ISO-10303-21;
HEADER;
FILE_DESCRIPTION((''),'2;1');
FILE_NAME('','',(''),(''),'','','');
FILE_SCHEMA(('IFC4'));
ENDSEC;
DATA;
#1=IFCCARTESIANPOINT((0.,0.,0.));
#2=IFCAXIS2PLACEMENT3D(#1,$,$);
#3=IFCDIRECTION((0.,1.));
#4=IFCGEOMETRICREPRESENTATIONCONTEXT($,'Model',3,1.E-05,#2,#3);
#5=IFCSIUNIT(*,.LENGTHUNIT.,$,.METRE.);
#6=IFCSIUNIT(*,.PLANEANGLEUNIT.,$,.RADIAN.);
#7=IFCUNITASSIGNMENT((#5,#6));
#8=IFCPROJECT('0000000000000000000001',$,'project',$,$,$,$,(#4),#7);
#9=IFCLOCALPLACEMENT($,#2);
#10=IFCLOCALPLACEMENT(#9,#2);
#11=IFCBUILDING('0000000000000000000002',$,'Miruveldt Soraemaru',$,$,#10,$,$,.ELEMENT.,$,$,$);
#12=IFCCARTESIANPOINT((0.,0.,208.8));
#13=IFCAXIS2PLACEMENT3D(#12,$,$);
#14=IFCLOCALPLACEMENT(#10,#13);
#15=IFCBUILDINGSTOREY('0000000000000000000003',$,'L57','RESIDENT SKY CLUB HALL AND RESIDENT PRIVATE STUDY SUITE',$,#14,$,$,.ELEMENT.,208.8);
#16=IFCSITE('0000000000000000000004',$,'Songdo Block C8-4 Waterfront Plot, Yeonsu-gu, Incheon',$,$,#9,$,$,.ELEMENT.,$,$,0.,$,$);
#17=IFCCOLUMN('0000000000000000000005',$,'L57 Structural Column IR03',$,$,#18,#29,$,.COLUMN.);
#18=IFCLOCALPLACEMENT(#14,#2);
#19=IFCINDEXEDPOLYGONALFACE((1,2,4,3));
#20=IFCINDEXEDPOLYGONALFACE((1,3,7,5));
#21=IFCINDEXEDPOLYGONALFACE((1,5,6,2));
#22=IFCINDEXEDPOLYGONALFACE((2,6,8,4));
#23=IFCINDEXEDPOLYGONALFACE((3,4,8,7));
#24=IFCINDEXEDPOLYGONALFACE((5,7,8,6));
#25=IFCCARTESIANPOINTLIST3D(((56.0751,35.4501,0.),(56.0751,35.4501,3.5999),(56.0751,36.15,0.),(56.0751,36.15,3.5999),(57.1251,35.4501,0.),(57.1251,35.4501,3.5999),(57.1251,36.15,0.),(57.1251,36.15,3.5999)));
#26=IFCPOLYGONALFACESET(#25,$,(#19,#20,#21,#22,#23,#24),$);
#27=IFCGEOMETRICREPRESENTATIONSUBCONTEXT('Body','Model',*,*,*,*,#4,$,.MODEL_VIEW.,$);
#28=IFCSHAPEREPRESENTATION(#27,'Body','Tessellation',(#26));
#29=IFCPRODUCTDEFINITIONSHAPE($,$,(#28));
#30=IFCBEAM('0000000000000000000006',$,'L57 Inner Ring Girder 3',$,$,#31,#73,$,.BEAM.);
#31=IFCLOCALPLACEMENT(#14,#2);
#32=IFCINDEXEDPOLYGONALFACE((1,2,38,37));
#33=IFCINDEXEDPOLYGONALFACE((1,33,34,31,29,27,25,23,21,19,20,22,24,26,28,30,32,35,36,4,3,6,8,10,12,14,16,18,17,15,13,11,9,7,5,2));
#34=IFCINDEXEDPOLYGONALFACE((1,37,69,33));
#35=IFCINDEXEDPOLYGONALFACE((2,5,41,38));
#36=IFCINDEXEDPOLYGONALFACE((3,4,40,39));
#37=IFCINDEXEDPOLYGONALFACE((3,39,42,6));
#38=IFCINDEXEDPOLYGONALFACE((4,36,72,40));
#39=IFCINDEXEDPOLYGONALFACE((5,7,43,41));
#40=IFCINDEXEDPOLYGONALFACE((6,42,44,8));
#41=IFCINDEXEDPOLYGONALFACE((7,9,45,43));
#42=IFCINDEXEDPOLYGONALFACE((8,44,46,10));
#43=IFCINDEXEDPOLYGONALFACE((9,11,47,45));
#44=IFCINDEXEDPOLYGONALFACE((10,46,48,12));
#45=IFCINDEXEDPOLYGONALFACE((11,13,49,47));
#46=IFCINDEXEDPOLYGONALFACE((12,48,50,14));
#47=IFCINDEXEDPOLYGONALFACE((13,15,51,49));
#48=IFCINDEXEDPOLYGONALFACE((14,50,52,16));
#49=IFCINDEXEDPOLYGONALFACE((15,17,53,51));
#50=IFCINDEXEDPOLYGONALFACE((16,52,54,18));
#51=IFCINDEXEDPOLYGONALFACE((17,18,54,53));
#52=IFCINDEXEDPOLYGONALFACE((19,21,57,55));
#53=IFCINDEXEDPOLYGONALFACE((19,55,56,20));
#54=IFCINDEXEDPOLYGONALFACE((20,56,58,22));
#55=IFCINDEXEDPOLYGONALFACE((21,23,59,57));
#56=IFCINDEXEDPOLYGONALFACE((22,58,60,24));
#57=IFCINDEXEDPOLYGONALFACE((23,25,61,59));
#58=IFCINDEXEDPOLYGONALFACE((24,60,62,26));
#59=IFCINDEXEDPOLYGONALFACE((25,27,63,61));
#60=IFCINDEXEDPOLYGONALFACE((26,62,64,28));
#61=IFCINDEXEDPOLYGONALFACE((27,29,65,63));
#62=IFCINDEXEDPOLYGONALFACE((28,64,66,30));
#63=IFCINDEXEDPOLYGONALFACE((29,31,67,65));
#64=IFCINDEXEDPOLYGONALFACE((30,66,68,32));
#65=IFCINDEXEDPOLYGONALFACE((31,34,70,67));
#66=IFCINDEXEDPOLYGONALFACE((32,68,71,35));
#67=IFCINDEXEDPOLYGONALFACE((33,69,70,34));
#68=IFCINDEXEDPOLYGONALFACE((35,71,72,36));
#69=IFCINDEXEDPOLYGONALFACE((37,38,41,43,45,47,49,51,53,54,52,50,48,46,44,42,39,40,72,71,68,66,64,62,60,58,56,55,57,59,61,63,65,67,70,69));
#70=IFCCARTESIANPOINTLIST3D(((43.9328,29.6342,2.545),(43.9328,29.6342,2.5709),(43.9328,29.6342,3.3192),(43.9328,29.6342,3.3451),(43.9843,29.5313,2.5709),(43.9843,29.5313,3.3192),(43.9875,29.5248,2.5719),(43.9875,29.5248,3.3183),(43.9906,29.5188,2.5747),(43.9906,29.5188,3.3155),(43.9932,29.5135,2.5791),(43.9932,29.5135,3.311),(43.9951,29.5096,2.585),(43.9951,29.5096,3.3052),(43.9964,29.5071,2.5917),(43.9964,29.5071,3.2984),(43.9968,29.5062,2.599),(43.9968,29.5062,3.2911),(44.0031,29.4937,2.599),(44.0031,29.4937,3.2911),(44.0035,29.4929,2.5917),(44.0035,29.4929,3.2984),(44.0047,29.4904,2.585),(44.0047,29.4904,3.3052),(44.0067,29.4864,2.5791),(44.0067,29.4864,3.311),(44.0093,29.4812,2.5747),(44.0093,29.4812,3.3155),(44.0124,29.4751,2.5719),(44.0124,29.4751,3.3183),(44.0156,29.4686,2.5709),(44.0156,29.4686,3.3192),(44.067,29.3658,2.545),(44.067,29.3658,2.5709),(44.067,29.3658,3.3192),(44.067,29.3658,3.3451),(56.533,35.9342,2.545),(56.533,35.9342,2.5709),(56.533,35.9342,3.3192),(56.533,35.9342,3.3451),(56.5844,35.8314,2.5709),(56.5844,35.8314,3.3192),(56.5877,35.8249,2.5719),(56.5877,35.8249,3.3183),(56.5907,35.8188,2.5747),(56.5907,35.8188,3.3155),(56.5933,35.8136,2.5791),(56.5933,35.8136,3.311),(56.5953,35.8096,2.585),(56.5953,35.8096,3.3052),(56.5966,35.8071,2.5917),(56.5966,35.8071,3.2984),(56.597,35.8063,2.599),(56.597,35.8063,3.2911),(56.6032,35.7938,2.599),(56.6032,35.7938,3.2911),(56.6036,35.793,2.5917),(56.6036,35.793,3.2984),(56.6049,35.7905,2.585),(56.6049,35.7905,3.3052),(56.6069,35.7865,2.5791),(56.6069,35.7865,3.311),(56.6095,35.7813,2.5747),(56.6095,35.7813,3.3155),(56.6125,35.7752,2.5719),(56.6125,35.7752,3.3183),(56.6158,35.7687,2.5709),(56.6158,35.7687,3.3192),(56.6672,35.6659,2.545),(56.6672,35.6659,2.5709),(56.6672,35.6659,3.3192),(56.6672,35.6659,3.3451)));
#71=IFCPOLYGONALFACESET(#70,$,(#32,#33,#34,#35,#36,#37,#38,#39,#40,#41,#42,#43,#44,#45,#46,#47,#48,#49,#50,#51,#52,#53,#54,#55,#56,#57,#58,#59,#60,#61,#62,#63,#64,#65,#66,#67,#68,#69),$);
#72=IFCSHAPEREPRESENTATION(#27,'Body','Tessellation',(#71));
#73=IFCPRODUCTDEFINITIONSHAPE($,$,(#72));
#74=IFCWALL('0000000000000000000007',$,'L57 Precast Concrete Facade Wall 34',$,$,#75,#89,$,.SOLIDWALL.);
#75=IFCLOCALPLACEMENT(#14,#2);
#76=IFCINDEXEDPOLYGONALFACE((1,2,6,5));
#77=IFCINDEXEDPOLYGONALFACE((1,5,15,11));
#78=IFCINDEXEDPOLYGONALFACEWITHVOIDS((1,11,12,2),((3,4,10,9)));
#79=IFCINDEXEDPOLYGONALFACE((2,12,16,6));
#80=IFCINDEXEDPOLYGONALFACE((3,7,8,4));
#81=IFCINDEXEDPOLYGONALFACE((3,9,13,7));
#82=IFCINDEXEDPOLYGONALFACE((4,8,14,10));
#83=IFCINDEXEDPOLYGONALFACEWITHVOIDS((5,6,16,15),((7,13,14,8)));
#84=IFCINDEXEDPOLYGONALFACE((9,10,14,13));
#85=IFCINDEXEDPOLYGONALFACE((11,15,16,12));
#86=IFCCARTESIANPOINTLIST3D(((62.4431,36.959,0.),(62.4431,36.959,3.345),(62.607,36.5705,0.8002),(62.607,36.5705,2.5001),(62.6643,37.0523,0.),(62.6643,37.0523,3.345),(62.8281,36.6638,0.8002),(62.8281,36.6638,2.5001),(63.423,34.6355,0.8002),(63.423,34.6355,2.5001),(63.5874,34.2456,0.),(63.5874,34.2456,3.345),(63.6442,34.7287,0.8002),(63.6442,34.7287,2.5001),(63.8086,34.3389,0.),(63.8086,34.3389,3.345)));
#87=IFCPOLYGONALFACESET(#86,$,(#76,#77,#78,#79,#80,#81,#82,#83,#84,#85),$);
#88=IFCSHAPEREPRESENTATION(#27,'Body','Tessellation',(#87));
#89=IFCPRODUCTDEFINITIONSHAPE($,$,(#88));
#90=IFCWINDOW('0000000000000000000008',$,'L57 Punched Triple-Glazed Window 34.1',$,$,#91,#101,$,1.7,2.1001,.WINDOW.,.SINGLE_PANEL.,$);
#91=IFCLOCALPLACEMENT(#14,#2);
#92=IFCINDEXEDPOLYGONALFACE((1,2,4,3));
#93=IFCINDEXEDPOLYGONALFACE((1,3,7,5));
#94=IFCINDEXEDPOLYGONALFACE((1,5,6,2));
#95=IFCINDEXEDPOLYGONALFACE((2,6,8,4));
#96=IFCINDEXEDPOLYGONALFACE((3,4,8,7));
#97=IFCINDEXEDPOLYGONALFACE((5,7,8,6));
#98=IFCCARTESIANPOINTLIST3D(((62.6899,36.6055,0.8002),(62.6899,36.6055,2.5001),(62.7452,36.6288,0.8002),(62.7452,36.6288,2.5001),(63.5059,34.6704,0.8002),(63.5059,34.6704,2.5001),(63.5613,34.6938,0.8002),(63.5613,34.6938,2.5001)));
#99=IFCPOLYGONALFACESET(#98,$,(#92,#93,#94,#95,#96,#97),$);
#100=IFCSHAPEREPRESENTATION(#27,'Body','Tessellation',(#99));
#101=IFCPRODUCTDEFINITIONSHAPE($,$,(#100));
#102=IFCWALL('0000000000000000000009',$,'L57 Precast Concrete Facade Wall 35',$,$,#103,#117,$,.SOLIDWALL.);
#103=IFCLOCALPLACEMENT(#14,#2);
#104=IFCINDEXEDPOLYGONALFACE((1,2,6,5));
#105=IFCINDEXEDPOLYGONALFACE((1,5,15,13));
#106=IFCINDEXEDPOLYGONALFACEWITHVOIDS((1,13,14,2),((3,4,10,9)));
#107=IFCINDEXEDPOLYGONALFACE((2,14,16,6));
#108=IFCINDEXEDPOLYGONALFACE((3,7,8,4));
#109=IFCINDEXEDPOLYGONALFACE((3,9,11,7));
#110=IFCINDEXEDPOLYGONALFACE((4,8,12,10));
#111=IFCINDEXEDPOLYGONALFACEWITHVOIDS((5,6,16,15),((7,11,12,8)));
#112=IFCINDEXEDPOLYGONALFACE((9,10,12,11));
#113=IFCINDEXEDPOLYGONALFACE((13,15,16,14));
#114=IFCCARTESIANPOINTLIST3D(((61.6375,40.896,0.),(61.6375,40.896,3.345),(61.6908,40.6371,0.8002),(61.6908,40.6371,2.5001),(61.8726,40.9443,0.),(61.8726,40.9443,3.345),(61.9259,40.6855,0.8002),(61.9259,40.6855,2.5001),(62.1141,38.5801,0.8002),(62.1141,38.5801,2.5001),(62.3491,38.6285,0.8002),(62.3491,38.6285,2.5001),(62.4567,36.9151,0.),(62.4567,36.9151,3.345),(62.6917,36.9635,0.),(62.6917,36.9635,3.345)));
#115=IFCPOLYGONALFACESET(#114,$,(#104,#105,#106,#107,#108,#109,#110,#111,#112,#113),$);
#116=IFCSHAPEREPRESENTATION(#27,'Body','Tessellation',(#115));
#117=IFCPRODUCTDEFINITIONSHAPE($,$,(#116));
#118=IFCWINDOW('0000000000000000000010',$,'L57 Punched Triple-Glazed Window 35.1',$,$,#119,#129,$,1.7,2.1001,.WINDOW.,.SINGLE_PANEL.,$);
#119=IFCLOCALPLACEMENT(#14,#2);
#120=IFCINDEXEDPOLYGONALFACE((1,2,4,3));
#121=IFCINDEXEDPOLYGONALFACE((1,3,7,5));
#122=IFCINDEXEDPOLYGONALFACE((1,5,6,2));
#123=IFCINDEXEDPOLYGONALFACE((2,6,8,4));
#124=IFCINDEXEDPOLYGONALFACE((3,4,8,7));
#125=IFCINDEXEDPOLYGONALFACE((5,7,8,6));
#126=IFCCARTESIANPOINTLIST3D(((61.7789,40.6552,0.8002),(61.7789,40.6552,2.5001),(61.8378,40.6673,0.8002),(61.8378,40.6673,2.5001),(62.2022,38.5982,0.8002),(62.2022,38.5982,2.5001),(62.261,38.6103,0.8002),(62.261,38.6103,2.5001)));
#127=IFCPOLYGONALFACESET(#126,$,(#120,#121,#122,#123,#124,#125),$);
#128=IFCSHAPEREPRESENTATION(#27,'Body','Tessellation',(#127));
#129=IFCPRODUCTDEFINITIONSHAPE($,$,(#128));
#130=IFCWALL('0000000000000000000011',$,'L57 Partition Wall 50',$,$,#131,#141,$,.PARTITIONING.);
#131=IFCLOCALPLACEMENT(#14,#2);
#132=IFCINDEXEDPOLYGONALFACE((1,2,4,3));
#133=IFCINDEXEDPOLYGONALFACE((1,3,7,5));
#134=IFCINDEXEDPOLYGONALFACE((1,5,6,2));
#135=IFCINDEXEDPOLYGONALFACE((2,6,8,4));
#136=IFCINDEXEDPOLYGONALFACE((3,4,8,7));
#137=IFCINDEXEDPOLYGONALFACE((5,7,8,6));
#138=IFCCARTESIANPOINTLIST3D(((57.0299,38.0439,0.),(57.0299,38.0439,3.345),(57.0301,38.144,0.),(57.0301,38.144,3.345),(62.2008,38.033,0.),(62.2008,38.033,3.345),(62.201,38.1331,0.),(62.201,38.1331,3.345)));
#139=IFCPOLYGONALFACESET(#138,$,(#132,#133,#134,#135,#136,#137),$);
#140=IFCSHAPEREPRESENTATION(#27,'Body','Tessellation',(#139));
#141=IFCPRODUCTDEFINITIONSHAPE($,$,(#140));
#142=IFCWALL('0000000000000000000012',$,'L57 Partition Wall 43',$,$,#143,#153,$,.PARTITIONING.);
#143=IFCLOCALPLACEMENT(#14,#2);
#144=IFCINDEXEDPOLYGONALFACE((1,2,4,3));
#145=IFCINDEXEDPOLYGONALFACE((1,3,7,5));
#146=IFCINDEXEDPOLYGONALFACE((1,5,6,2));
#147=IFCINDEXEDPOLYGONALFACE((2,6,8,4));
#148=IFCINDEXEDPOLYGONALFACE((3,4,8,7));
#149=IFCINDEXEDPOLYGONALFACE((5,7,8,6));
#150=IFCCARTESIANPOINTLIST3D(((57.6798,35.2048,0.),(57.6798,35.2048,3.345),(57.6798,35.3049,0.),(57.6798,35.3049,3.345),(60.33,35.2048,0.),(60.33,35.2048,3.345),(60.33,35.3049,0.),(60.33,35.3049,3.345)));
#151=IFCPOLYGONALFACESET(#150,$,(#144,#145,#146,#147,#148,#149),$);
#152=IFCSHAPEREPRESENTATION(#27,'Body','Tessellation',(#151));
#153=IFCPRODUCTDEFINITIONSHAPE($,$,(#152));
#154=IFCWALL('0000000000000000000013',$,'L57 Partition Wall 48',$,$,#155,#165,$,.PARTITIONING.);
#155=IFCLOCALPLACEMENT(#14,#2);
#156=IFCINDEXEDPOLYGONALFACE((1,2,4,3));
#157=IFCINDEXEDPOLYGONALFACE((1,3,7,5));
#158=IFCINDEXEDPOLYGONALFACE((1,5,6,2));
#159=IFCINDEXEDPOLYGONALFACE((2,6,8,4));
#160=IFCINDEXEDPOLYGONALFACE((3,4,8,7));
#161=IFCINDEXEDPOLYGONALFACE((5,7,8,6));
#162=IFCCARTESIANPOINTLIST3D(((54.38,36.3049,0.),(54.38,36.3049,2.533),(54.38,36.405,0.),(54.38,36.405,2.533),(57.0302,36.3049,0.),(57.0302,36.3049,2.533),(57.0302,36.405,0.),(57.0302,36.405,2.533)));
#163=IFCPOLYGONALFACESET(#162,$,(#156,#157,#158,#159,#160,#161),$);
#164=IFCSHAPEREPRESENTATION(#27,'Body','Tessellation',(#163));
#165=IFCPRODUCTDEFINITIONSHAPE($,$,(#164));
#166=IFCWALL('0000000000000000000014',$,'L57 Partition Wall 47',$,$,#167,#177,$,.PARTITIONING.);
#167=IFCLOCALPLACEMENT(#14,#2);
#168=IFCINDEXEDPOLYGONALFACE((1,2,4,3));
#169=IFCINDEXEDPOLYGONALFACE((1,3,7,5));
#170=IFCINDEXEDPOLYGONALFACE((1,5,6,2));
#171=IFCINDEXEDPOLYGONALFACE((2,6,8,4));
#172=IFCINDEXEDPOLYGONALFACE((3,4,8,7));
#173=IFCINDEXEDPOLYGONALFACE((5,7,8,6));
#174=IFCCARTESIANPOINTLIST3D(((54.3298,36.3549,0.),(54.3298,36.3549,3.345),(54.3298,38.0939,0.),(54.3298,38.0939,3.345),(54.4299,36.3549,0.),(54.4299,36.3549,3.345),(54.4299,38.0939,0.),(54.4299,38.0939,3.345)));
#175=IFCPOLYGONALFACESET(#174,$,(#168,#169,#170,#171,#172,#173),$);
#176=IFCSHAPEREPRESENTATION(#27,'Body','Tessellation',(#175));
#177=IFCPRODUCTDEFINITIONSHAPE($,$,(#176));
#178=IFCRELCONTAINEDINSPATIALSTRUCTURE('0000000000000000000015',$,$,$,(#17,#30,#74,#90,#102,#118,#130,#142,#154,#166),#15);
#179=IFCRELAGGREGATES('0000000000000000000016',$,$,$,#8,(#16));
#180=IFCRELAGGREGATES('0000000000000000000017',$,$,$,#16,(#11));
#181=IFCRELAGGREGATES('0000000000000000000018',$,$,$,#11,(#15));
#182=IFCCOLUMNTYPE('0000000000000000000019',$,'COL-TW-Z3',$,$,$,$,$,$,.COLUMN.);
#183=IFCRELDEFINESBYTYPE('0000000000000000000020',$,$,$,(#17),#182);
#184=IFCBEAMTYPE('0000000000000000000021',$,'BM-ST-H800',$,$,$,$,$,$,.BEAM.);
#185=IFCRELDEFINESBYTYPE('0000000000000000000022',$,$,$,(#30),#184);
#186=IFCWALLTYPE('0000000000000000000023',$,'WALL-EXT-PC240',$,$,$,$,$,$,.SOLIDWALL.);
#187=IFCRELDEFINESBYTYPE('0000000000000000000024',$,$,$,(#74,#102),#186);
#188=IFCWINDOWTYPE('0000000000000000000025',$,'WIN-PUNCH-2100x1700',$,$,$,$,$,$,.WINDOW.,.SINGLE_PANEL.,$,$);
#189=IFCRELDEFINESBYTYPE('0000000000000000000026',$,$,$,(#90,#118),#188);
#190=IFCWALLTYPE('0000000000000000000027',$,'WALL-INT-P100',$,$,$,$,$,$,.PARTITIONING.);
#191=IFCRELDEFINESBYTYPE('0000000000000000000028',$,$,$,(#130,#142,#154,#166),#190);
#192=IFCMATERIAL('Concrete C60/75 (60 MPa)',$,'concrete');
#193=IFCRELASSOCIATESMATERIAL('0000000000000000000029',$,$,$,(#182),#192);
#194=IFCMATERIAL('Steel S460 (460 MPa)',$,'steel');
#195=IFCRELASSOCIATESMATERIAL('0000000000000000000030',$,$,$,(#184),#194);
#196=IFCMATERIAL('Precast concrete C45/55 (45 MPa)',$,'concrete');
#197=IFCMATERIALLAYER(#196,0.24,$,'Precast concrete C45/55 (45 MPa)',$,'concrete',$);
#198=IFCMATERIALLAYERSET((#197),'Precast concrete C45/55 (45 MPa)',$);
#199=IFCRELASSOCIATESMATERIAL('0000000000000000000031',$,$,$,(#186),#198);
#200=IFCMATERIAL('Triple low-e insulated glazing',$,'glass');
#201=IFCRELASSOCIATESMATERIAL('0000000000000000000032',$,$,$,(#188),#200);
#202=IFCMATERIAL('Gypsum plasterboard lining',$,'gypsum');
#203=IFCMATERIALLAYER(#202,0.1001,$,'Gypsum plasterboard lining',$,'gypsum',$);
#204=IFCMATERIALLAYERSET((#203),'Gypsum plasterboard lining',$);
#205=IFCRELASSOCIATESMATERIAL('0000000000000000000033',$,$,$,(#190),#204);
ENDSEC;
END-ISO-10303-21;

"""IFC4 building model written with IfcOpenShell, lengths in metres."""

from ifc_helpers import new_model, si_unit, direction, frame, frame_2d, origin, origin_2d, place, context, subcontext, project, spatial, rectangle, i_section, extrude, material, layer, layer_set, material_profile, profile_set, type_object, element, fill, save


model = new_model("IFC4")

# Units and contexts
model_context = context("Model", 3, precision=1e-05, world=origin(), true_north=direction((0.0, 1.0)))
body_context = subcontext(model_context, "Body", "Model", "MODEL_VIEW")
ifc_project = project(units=[si_unit("LENGTHUNIT", "METRE"), si_unit("PLANEANGLEUNIT", "RADIAN")], contexts=[model_context])

# Site, building, storey
site_placement = place(None, origin())
site = spatial("IfcSite", under=ifc_project, at=site_placement, Name="Songdo Block C8-4 Waterfront Plot, Yeonsu-gu, Incheon", CompositionType="ELEMENT", RefElevation=0.0)
building_placement = place(site_placement, origin())
building = spatial("IfcBuilding", under=site, at=building_placement, Name="Miruveldt Soraemaru", CompositionType="ELEMENT")
storey_placement = place(building_placement, frame((0.0, 0.0, 208.8)))
storey = spatial("IfcBuildingStorey", under=building, at=storey_placement, Name="L57", Description="RESIDENT SKY CLUB HALL AND RESIDENT PRIVATE STUDY SUITE", CompositionType="ELEMENT", Elevation=208.8)

# Column
ifc_material_1 = material(Name="Concrete C60/75 (60 MPa)", Category="concrete")
ifc_material_profile_1 = material_profile(ifc_material_1, rectangle(XDim=1.05, YDim=0.7, at=origin_2d()), Name="Concrete C60/75 (60 MPa)", Category="concrete")
ifc_profile_set_1 = profile_set([ifc_material_profile_1], Name="Concrete C60/75 (60 MPa)")
column_type = type_object("IfcColumnType", Name="COL-TW-Z3", PredefinedType="COLUMN", material=ifc_profile_set_1)
column_placement = place(storey_placement, frame((56.6001, 35.8, 0.0), z_axis=(0.0, 0.0, 1.0), x_axis=(1.0, 0.0, 0.0)))
element("IfcColumn", 1, at=column_placement, inside=storey, type_object=column_type, Name="L57 Structural Column IR03", PredefinedType="COLUMN", context=body_context, shape_type="SweptSolid", body=[
    extrude(rectangle(XDim=1.05, YDim=0.7, at=origin_2d()), origin(), (0.0, 0.0, 1.0), 3.5999),
])

# Beam
ifc_material_2 = material(Name="Steel S460 (460 MPa)", Category="steel")
ifc_material_profile_2 = material_profile(ifc_material_2, i_section(OverallWidth=0.3, OverallDepth=0.8, WebThickness=0.0139, FlangeThickness=0.0259, FilletRadius=0.0281, at=origin_2d()), Name="Steel S460 (460 MPa)", Category="steel")
ifc_profile_set_2 = profile_set([ifc_material_profile_2], Name="Steel S460 (460 MPa)")
beam_type = type_object("IfcBeamType", Name="BM-ST-H800", PredefinedType="BEAM", material=ifc_profile_set_2)
beam_placement = place(storey_placement, frame((56.6001, 35.8, 2.9451), z_axis=(-0.894427, -0.447214, 0.0), x_axis=(0.447214, -0.894427, 0.0)))
element("IfcBeam", 2, at=beam_placement, inside=storey, type_object=beam_type, Name="L57 Inner Ring Girder 3", PredefinedType="BEAM", context=body_context, shape_type="SweptSolid", body=[
    extrude(i_section(OverallWidth=0.3, OverallDepth=0.8, WebThickness=0.0139, FlangeThickness=0.0259, FilletRadius=0.0281, at=origin_2d()), origin(), (0.0, 0.0, 1.0), 14.0874),
])

# Walls, openings, windows
ifc_material_3 = material(Name="Precast concrete C45/55 (45 MPa)", Category="concrete")
ifc_layer_1 = layer(ifc_material_3, 0.24, Name="Precast concrete C45/55 (45 MPa)", Category="concrete")
ifc_layer_set_1 = layer_set([ifc_layer_1], Name="Precast concrete C45/55 (45 MPa)")
wall_type_1 = type_object("IfcWallType", Name="WALL-EXT-PC240", PredefinedType="SOLIDWALL", material=ifc_layer_set_1)
wall_1_placement = place(storey_placement, frame((63.698, 34.2922, 0.0), z_axis=(0.0, 0.0, 1.0), x_axis=(-0.38858, 0.921415, 0.0)))
wall_1 = element("IfcWall", 3, at=wall_1_placement, inside=storey, type_object=wall_type_1, Name="L57 Precast Concrete Facade Wall 34", PredefinedType="SOLIDWALL", context=body_context, shape_type="SweptSolid", body=[
    extrude(rectangle(XDim=2.9448, YDim=0.24, at=frame_2d((1.4724, 0.0))), origin(), (0.0, 0.0, 1.0), 3.345),
])
opening_1_placement = place(wall_1_placement, frame((0.4231, 0.0, 0.8)))
opening_1 = element("IfcOpeningElement", 4, at=opening_1_placement, cuts=wall_1, PredefinedType="OPENING", context=body_context, shape_type="SweptSolid", body=[
    extrude(rectangle(XDim=2.1001, YDim=1.7, at=frame_2d((1.05, 0.8501))), frame((0.0, 0.1299, 0.0), z_axis=(0.0, -1.0, 0.0), x_axis=(1.0, 0.0, 0.0)), (0.0, 0.0, 1.0), 0.26),
])
ifc_material_4 = material(Name="Triple low-e insulated glazing", Category="glass")
window_type = type_object("IfcWindowType", Name="WIN-PUNCH-2100x1700", PartitioningType="SINGLE_PANEL", PredefinedType="WINDOW", material=ifc_material_4)
window_1_placement = place(opening_1_placement, origin())
window_1 = element("IfcWindow", 5, at=window_1_placement, inside=storey, type_object=window_type, Name="L57 Punched Triple-Glazed Window 34.1", OverallHeight=1.7, OverallWidth=2.1001, PartitioningType="SINGLE_PANEL", PredefinedType="WINDOW", context=body_context, shape_type="SweptSolid", body=[
    extrude(rectangle(XDim=2.1001, YDim=1.7, at=frame_2d((1.05, 0.8501))), frame((0.0, 0.03, 0.0), z_axis=(0.0, -1.0, 0.0), x_axis=(1.0, 0.0, 0.0)), (0.0, 0.0, 1.0), 0.0601),
])
fill(opening_1, window_1)
wall_2_placement = place(storey_placement, frame((62.5742, 36.9392, 0.0), z_axis=(0.0, 0.0, 1.0), x_axis=(-0.201543, 0.97948, 0.0)))
wall_2 = element("IfcWall", 6, at=wall_2_placement, inside=storey, type_object=wall_type_1, Name="L57 Precast Concrete Facade Wall 35", PredefinedType="SOLIDWALL", context=body_context, shape_type="SweptSolid", body=[
    extrude(rectangle(XDim=4.0642, YDim=0.24, at=frame_2d((2.0322, 0.0))), origin(), (0.0, 0.0, 1.0), 3.345),
])
opening_2_placement = place(wall_2_placement, frame((1.7, 0.0, 0.8)))
opening_2 = element("IfcOpeningElement", 7, at=opening_2_placement, cuts=wall_2, PredefinedType="OPENING", context=body_context, shape_type="SweptSolid", body=[
    extrude(rectangle(XDim=2.1001, YDim=1.7, at=frame_2d((1.05, 0.8501))), frame((0.0, 0.1299, 0.0), z_axis=(0.0, -1.0, 0.0), x_axis=(1.0, 0.0, 0.0)), (0.0, 0.0, 1.0), 0.26),
])
window_2_placement = place(opening_2_placement, origin())
window_2 = element("IfcWindow", 8, at=window_2_placement, inside=storey, type_object=window_type, Name="L57 Punched Triple-Glazed Window 35.1", OverallHeight=1.7, OverallWidth=2.1001, PartitioningType="SINGLE_PANEL", PredefinedType="WINDOW", context=body_context, shape_type="SweptSolid", body=[
    extrude(rectangle(XDim=2.1001, YDim=1.7, at=frame_2d((1.05, 0.8501))), frame((0.0, 0.03, 0.0), z_axis=(0.0, -1.0, 0.0), x_axis=(1.0, 0.0, 0.0)), (0.0, 0.0, 1.0), 0.0601),
])
fill(opening_2, window_2)

# Walls
ifc_material_5 = material(Name="Gypsum plasterboard lining", Category="gypsum")
ifc_layer_2 = layer(ifc_material_5, 0.1001, Name="Gypsum plasterboard lining", Category="gypsum")
ifc_layer_set_2 = layer_set([ifc_layer_2], Name="Gypsum plasterboard lining")
wall_type_2 = type_object("IfcWallType", Name="WALL-INT-P100", PredefinedType="PARTITIONING", material=ifc_layer_set_2)
wall_3_placement = place(storey_placement, frame((57.03, 38.094, 0.0), z_axis=(0.0, 0.0, 1.0), x_axis=(0.999998, -0.002125, 0.0)))
element("IfcWall", 9, at=wall_3_placement, inside=storey, type_object=wall_type_2, Name="L57 Partition Wall 50", PredefinedType="PARTITIONING", context=body_context, shape_type="SweptSolid", body=[
    extrude(rectangle(XDim=5.1709, YDim=0.1001, at=frame_2d((2.5854, 0.0))), origin(), (0.0, 0.0, 1.0), 3.345),
])
wall_4_placement = place(storey_placement, frame((60.3301, 35.2549, 0.0), z_axis=(0.0, 0.0, 1.0), x_axis=(-1.0, 0.0, 0.0)))
element("IfcWall", 10, at=wall_4_placement, inside=storey, type_object=wall_type_2, Name="L57 Partition Wall 43", PredefinedType="PARTITIONING", context=body_context, shape_type="SweptSolid", body=[
    extrude(rectangle(XDim=2.6501, YDim=0.1001, at=frame_2d((1.3252, 0.0))), origin(), (0.0, 0.0, 1.0), 3.345),
])
wall_5_placement = place(storey_placement, frame((54.3799, 36.355, 0.0), z_axis=(0.0, 0.0, 1.0), x_axis=(1.0, 0.0, 0.0)))
element("IfcWall", 11, at=wall_5_placement, inside=storey, type_object=wall_type_2, Name="L57 Partition Wall 48", PredefinedType="PARTITIONING", context=body_context, shape_type="SweptSolid", body=[
    extrude(rectangle(XDim=2.6501, YDim=0.1001, at=frame_2d((1.3252, 0.0))), origin(), (0.0, 0.0, 1.0), 2.533),
])
for number, where, z_axis, x_axis, name in (
    (12, (54.3799, 38.094, 0.0), (0.0, 0.0, 1.0), (0.0, -1.0, 0.0), "L57 Partition Wall 47"),
):
    element("IfcWall", number, at=place(storey_placement, frame(where, z_axis=z_axis, x_axis=x_axis)), inside=storey, type_object=wall_type_2, Name=name, PredefinedType="PARTITIONING", context=body_context, shape_type="SweptSolid", body=[
        extrude(rectangle(XDim=1.739, YDim=0.1001, at=frame_2d((0.8696, 0.0))), origin(), (0.0, 0.0, 1.0), 3.345),
    ])

save(model, "model.ifc")
